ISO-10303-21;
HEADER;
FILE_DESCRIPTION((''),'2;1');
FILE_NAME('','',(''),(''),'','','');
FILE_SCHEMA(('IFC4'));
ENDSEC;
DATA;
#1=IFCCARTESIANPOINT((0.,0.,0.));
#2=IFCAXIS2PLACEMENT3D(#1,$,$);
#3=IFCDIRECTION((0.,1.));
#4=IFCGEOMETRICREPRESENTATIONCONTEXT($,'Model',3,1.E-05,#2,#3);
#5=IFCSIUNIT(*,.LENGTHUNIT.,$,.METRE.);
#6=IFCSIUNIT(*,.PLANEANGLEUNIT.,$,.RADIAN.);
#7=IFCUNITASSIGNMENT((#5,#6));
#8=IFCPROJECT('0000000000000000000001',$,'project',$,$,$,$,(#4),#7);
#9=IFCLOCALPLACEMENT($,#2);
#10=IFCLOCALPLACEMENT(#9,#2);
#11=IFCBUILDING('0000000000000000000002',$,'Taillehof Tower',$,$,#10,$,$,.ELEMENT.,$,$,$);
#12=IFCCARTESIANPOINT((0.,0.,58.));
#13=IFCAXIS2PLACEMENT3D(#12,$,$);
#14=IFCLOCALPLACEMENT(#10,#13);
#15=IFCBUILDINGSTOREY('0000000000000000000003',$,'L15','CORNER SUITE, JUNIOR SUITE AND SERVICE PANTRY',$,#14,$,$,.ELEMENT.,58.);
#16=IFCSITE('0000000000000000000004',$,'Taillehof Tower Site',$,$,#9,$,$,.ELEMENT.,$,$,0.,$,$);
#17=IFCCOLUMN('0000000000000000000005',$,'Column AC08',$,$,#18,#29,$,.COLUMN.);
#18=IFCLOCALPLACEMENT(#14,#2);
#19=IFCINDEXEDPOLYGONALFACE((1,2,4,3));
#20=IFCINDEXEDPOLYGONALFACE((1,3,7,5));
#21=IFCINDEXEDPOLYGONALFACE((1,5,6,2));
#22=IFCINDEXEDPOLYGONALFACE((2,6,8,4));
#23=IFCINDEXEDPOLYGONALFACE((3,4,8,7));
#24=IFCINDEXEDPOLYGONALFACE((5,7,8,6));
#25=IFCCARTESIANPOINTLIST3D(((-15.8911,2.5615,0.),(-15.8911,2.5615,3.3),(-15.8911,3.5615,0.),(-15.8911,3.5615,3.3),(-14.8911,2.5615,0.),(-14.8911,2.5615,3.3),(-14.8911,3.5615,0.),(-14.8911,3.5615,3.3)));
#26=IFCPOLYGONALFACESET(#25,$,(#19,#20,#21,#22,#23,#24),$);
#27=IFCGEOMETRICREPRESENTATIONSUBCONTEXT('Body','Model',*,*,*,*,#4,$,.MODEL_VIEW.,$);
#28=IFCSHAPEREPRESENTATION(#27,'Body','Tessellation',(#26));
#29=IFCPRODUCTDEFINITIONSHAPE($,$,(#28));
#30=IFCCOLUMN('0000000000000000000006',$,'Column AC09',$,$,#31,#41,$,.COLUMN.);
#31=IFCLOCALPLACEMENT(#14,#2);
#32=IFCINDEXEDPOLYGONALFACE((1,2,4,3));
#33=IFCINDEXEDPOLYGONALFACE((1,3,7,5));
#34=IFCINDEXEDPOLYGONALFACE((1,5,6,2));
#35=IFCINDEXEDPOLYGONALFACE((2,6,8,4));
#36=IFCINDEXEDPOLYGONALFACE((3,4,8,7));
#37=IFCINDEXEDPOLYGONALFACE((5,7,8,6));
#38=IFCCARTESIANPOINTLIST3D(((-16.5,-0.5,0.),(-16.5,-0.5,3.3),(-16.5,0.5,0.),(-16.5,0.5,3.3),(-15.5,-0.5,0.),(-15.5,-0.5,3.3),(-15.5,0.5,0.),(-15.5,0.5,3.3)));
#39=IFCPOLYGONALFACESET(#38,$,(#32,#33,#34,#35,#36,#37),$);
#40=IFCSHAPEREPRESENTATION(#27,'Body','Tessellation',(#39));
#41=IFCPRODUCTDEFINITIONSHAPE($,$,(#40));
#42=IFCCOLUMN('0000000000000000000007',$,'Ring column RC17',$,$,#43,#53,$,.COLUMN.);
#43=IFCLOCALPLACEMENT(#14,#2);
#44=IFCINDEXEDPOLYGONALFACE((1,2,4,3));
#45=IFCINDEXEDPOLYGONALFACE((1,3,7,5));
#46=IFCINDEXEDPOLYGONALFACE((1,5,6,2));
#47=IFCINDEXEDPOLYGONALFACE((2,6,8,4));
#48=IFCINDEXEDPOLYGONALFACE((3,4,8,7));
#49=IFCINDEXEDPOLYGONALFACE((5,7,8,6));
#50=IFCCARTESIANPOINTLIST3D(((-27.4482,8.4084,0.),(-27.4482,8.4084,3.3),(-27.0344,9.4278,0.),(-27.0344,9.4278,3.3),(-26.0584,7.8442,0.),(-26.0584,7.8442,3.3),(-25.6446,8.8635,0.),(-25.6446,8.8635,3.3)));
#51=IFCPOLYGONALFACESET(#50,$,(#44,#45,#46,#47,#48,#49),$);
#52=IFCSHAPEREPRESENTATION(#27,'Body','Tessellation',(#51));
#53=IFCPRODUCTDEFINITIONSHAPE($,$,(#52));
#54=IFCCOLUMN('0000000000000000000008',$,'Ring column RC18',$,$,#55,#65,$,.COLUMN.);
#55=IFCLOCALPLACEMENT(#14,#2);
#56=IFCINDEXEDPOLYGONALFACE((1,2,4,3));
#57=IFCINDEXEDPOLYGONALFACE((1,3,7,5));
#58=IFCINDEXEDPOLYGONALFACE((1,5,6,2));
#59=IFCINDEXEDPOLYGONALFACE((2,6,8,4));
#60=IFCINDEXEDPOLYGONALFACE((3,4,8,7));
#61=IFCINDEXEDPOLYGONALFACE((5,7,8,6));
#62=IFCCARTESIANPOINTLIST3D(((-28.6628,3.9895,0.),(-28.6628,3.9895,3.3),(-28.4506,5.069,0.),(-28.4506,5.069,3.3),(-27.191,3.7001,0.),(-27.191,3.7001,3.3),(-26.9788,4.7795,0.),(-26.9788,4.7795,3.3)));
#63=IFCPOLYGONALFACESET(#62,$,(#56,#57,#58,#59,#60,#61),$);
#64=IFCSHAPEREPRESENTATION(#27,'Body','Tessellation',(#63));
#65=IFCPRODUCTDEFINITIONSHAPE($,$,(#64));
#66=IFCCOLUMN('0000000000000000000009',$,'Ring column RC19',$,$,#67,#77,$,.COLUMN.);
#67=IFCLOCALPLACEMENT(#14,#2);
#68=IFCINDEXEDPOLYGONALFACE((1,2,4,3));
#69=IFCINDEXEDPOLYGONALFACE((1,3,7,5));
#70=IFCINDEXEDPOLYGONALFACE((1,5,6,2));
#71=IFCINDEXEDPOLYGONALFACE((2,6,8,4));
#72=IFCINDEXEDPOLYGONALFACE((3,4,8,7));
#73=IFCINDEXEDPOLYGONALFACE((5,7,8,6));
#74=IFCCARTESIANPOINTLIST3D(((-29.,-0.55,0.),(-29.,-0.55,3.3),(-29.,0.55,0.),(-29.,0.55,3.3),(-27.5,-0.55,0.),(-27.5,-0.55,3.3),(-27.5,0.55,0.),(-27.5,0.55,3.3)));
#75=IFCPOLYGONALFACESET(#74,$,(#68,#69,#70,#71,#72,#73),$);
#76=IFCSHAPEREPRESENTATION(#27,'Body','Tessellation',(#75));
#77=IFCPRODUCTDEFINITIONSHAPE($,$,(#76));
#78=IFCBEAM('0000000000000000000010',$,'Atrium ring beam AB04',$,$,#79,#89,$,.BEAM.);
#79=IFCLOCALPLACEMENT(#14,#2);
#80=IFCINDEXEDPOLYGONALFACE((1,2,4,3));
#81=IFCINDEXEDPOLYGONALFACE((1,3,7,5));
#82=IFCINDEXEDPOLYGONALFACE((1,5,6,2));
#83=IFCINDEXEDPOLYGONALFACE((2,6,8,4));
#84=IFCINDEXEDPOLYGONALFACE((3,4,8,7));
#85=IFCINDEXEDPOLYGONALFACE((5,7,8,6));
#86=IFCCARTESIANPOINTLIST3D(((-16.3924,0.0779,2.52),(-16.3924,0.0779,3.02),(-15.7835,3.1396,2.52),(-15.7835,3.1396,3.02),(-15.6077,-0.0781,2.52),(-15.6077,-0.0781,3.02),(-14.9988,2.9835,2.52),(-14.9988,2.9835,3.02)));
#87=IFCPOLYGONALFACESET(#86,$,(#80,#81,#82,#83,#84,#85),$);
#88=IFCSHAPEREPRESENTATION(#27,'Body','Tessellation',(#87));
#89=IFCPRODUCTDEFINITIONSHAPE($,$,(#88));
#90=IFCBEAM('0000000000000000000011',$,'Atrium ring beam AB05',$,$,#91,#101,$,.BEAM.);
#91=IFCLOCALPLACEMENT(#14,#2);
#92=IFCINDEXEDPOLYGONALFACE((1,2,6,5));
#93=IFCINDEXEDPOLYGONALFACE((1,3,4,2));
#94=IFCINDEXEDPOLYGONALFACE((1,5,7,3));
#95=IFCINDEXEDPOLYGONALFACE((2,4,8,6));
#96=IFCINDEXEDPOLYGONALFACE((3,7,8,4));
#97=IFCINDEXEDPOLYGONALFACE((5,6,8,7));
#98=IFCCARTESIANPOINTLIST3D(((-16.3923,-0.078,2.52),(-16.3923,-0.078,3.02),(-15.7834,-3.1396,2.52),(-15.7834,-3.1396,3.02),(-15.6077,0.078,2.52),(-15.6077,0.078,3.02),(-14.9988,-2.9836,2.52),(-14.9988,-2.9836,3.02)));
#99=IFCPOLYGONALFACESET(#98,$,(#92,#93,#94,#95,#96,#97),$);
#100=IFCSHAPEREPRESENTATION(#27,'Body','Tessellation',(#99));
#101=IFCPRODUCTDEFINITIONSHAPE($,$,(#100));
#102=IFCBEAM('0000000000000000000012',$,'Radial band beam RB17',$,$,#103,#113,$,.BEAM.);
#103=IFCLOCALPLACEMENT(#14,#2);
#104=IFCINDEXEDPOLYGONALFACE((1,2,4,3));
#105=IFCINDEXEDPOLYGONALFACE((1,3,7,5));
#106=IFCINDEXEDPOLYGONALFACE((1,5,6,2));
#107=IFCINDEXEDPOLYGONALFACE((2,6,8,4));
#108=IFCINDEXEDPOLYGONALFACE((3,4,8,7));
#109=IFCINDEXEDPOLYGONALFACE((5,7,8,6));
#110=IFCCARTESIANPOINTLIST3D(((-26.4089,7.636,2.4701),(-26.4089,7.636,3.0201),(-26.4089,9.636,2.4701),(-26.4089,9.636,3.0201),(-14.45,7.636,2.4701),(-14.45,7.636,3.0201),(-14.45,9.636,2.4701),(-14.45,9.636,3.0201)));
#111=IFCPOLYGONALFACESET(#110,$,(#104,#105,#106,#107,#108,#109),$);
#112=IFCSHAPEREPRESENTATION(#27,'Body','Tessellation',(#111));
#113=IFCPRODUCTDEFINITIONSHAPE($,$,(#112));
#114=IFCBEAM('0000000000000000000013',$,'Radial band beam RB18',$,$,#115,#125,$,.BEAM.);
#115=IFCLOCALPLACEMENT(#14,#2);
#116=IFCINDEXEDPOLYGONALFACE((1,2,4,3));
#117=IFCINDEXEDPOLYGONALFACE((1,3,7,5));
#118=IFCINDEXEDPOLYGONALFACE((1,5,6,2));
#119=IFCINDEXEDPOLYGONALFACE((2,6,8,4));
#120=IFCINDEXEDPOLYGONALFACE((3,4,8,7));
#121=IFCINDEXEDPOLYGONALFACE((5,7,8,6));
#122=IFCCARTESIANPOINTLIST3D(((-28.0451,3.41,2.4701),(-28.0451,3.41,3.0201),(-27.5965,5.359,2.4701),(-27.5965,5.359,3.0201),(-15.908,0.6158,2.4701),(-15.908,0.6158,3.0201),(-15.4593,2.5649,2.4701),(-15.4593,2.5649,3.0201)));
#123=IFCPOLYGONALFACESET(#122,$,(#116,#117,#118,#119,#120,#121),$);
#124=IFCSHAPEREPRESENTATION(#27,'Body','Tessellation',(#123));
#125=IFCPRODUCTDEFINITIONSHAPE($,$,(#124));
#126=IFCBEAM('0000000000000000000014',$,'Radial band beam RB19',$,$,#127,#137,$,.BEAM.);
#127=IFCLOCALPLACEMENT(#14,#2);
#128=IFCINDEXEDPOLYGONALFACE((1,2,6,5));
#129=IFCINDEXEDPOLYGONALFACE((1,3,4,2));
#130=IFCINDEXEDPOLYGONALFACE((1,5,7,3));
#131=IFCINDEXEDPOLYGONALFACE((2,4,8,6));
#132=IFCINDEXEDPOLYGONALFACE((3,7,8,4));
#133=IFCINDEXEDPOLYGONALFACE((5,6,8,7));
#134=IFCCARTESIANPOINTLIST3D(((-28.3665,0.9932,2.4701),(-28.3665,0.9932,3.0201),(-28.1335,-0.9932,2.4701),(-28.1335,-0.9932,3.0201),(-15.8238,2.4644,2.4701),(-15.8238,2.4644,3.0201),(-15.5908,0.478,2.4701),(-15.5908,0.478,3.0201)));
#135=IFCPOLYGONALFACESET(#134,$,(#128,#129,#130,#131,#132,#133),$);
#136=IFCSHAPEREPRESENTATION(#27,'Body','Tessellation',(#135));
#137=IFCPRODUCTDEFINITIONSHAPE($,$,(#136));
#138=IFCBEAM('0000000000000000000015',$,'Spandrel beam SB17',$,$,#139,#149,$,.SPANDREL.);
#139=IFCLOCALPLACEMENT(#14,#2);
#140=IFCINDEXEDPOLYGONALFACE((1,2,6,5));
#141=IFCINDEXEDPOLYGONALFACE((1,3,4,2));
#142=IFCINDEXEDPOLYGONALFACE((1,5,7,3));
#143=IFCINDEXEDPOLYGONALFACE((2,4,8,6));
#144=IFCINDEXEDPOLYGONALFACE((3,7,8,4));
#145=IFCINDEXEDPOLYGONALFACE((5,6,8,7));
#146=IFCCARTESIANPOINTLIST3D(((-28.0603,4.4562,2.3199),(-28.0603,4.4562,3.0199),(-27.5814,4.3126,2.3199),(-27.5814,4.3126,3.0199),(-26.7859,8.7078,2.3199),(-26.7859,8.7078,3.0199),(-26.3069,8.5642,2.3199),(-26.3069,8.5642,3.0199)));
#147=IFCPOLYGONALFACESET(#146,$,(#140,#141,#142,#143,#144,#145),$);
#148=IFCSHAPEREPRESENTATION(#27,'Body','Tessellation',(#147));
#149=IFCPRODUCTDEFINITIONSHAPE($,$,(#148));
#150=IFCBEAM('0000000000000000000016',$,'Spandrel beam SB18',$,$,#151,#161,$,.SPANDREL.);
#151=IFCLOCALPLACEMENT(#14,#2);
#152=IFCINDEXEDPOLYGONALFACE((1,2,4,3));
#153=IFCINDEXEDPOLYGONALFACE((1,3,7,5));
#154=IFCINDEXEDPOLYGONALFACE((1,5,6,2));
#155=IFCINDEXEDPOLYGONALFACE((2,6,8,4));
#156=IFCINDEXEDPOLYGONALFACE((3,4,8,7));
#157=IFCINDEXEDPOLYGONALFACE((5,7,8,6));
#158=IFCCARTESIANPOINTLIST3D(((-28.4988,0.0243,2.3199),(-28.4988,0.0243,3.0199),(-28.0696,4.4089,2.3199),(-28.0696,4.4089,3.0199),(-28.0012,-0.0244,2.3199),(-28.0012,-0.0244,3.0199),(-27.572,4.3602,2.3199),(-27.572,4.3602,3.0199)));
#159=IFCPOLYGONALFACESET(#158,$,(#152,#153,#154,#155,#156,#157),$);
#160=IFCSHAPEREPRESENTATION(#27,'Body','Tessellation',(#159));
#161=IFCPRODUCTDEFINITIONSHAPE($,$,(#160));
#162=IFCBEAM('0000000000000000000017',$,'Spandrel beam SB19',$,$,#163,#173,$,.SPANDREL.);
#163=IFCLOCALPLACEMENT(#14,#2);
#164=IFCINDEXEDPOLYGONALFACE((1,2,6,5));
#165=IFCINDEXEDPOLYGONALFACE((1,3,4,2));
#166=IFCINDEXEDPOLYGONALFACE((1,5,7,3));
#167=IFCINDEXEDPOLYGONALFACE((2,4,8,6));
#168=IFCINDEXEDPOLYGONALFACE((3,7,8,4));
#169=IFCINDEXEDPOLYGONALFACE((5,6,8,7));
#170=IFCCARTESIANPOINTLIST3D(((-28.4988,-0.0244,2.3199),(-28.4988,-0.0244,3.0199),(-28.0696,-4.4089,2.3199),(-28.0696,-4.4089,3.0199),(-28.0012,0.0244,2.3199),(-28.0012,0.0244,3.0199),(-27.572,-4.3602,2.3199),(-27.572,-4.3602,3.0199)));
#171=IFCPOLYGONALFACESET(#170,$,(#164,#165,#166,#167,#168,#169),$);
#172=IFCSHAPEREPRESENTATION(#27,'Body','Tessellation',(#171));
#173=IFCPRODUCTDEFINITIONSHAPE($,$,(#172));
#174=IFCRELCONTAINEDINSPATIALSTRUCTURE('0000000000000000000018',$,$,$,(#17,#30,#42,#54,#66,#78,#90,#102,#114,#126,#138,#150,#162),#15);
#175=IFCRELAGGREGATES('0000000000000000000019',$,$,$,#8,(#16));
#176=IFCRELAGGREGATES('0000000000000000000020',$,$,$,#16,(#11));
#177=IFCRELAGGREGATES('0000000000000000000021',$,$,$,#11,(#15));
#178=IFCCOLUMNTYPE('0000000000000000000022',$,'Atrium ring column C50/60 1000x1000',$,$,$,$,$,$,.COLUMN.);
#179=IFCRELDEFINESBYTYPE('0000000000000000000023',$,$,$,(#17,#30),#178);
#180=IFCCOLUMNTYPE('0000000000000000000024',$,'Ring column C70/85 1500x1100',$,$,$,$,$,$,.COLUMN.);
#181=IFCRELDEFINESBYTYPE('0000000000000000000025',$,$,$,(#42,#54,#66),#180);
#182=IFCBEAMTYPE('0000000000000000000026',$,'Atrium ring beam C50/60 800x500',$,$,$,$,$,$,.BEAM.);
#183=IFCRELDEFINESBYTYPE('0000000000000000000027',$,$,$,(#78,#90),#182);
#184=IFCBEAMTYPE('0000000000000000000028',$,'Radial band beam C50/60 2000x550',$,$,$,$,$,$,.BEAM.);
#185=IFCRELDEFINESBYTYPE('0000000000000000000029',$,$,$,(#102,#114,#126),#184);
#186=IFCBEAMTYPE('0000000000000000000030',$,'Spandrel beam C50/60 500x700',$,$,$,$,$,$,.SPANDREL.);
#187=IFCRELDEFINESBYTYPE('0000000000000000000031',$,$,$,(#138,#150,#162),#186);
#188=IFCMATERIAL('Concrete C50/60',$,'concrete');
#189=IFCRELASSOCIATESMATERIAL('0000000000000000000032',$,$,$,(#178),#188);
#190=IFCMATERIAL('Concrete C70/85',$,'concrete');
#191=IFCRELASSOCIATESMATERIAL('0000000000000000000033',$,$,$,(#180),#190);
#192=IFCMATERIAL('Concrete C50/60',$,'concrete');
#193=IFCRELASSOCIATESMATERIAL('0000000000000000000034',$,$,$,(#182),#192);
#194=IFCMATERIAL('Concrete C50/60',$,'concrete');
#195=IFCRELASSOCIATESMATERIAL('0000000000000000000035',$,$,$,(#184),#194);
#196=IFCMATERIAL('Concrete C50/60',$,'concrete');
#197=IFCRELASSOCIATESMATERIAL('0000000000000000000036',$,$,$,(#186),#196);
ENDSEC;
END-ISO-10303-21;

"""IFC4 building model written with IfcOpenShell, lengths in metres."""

from ifc_helpers import new_model, si_unit, direction, frame, origin, origin_2d, place, context, subcontext, project, spatial, rectangle, extrude, material, material_profile, profile_set, type_object, element, save


model = new_model("IFC4")

# Units and contexts
model_context = context("Model", 3, precision=1e-05, world=origin(), true_north=direction((0.0, 1.0)))
body_context = subcontext(model_context, "Body", "Model", "MODEL_VIEW")
ifc_project = project(units=[si_unit("LENGTHUNIT", "METRE"), si_unit("PLANEANGLEUNIT", "RADIAN")], contexts=[model_context])

# Site, building, storey
site_placement = place(None, origin())
site = spatial("IfcSite", under=ifc_project, at=site_placement, Name="Taillehof Tower Site", CompositionType="ELEMENT", RefElevation=0.0)
building_placement = place(site_placement, origin())
building = spatial("IfcBuilding", under=site, at=building_placement, Name="Taillehof Tower", CompositionType="ELEMENT")
storey_placement = place(building_placement, frame((0.0, 0.0, 58.0)))
storey = spatial("IfcBuildingStorey", under=building, at=storey_placement, Name="L15", Description="CORNER SUITE, JUNIOR SUITE AND SERVICE PANTRY", CompositionType="ELEMENT", Elevation=58.0)

# Columns
ifc_material_1 = material(Name="Concrete C50/60", Category="concrete")
ifc_material_profile_1 = material_profile(ifc_material_1, rectangle(XDim=1.0, YDim=1.0, at=origin_2d()), Name="RC 1000x1000")
ifc_profile_set_1 = profile_set([ifc_material_profile_1], Name="Concrete C50/60")
column_type_1 = type_object("IfcColumnType", Name="Atrium ring column C50/60 1000x1000", PredefinedType="COLUMN", material=ifc_profile_set_1)
for number, where, z_axis, x_axis, name in (
    (1, (-15.3911, 3.0615, 0.0), (0.0, 0.0, 1.0), (1.0, 0.0, 0.0), "Column AC08"),
    (2, (-16.0, 0.0, 0.0), (0.0, 0.0, 1.0), (1.0, 0.0, 0.0), "Column AC09"),
):
    element("IfcColumn", number, at=place(storey_placement, frame(where, z_axis=z_axis, x_axis=x_axis)), inside=storey, type_object=column_type_1, Name=name, PredefinedType="COLUMN", context=body_context, shape_type="SweptSolid", body=[
        extrude(rectangle(XDim=1.0, YDim=1.0, at=origin_2d()), origin(), (0.0, 0.0, 1.0), 3.3),
    ])
ifc_material_2 = material(Name="Concrete C70/85", Category="concrete")
ifc_material_profile_2 = material_profile(ifc_material_2, rectangle(XDim=1.5, YDim=1.1001, at=origin_2d()), Name="RC 1500x1100")
ifc_profile_set_2 = profile_set([ifc_material_profile_2], Name="Concrete C70/85")
column_type_2 = type_object("IfcColumnType", Name="Ring column C70/85 1500x1100", PredefinedType="COLUMN", material=ifc_profile_set_2)
for number, where, z_axis, x_axis, name in (
    (3, (-26.5464, 8.636, 0.0), (0.0, 0.0, 1.0), (-0.926558, 0.376152, 0.0), "Ring column RC17"),
    (4, (-27.8208, 4.3845, 0.0), (0.0, 0.0, 1.0), (-0.981204, 0.192976, 0.0), "Ring column RC18"),
    (5, (-28.25, 0.0, 0.0), (0.0, 0.0, 1.0), (-1.0, 0.0, 0.0), "Ring column RC19"),
):
    element("IfcColumn", number, at=place(storey_placement, frame(where, z_axis=z_axis, x_axis=x_axis)), inside=storey, type_object=column_type_2, Name=name, PredefinedType="COLUMN", context=body_context, shape_type="SweptSolid", body=[
        extrude(rectangle(XDim=1.5, YDim=1.1001, at=origin_2d()), origin(), (0.0, 0.0, 1.0), 3.3),
    ])

# Beams
ifc_material_3 = material(Name="Concrete C50/60", Category="concrete")
ifc_material_profile_3 = material_profile(ifc_material_3, rectangle(XDim=0.8, YDim=0.5, at=origin_2d()), Name="RC 800x500")
ifc_profile_set_3 = profile_set([ifc_material_profile_3], Name="Concrete C50/60")
beam_type_1 = type_object("IfcBeamType", Name="Atrium ring beam C50/60 800x500", PredefinedType="BEAM", material=ifc_profile_set_3)
for number, where, z_axis, x_axis, name in (
    (6, (-15.3911, 3.0615, 2.77), (-0.195063, -0.980791, 0.0), (0.980791, -0.195063, 0.0), "Atrium ring beam AB04"),
    (7, (-16.0, 0.0, 2.77), (0.195063, -0.980791, 0.0), (0.980791, 0.195063, 0.0), "Atrium ring beam AB05"),
):
    element("IfcBeam", number, at=place(storey_placement, frame(where, z_axis=z_axis, x_axis=x_axis)), inside=storey, type_object=beam_type_1, Name=name, PredefinedType="BEAM", context=body_context, shape_type="SweptSolid", body=[
        extrude(rectangle(XDim=0.8, YDim=0.5, at=origin_2d()), origin(), (0.0, 0.0, 1.0), 3.1216),
    ])
ifc_material_4 = material(Name="Concrete C50/60", Category="concrete")
ifc_material_profile_4 = material_profile(ifc_material_4, rectangle(XDim=2.0, YDim=0.55, at=origin_2d()), Name="RC 2000x550")
ifc_profile_set_4 = profile_set([ifc_material_profile_4], Name="Concrete C50/60")
beam_type_2 = type_object("IfcBeamType", Name="Radial band beam C50/60 2000x550", PredefinedType="BEAM", material=ifc_profile_set_4)
beam_1_placement = place(storey_placement, frame((-26.4089, 8.636, 2.7451), z_axis=(1.0, 0.0, 0.0), x_axis=(0.0, 1.0, 0.0)))
element("IfcBeam", 8, at=beam_1_placement, inside=storey, type_object=beam_type_2, Name="Radial band beam RB17", PredefinedType="BEAM", context=body_context, shape_type="SweptSolid", body=[
    extrude(rectangle(XDim=2.0, YDim=0.55, at=origin_2d()), origin(), (0.0, 0.0, 1.0), 11.959),
])
beam_2_placement = place(storey_placement, frame((-27.8208, 4.3845, 2.7451), z_axis=(0.974509, -0.224348, 0.0), x_axis=(0.224348, 0.974509, 0.0)))
element("IfcBeam", 9, at=beam_2_placement, inside=storey, type_object=beam_type_2, Name="Radial band beam RB18", PredefinedType="BEAM", context=body_context, shape_type="SweptSolid", body=[
    extrude(rectangle(XDim=2.0, YDim=0.55, at=origin_2d()), origin(), (0.0, 0.0, 1.0), 12.4546),
])
beam_3_placement = place(storey_placement, frame((-28.25, 0.0, 2.7451), z_axis=(0.993191, 0.116496, 0.0), x_axis=(-0.116496, 0.993191, 0.0)))
element("IfcBeam", 10, at=beam_3_placement, inside=storey, type_object=beam_type_2, Name="Radial band beam RB19", PredefinedType="BEAM", context=body_context, shape_type="SweptSolid", body=[
    extrude(rectangle(XDim=2.0, YDim=0.55, at=origin_2d()), origin(), (0.0, 0.0, 1.0), 12.6287),
])
ifc_material_5 = material(Name="Concrete C50/60", Category="concrete")
ifc_material_profile_5 = material_profile(ifc_material_5, rectangle(XDim=0.5, YDim=0.7, at=origin_2d()), Name="RC 500x700")
ifc_profile_set_5 = profile_set([ifc_material_profile_5], Name="Concrete C50/60")
beam_type_3 = type_object("IfcBeamType", Name="Spandrel beam C50/60 500x700", PredefinedType="SPANDREL", material=ifc_profile_set_5)
beam_4_placement = place(storey_placement, frame((-26.5464, 8.636, 2.6699), z_axis=(-0.287136, -0.95789, 0.0), x_axis=(0.95789, -0.287136, 0.0)))
element("IfcBeam", 11, at=beam_4_placement, inside=storey, type_object=beam_type_3, Name="Spandrel beam SB17", PredefinedType="SPANDREL", context=body_context, shape_type="SweptSolid", body=[
    extrude(rectangle(XDim=0.5, YDim=0.7, at=origin_2d()), origin(), (0.0, 0.0, 1.0), 4.4385),
])
for number, where, z_axis, x_axis, name in (
    (12, (-27.8208, 4.3845, 2.6699), (-0.097424, -0.995243, 0.0), (0.995243, -0.097424, 0.0), "Spandrel beam SB18"),
    (13, (-28.25, 0.0, 2.6699), (0.097424, -0.995243, 0.0), (0.995243, 0.097424, 0.0), "Spandrel beam SB19"),
):
    element("IfcBeam", number, at=place(storey_placement, frame(where, z_axis=z_axis, x_axis=x_axis)), inside=storey, type_object=beam_type_3, Name=name, PredefinedType="SPANDREL", context=body_context, shape_type="SweptSolid", body=[
        extrude(rectangle(XDim=0.5, YDim=0.7, at=origin_2d()), origin(), (0.0, 0.0, 1.0), 4.4055),
    ])

save(model, "model.ifc")
